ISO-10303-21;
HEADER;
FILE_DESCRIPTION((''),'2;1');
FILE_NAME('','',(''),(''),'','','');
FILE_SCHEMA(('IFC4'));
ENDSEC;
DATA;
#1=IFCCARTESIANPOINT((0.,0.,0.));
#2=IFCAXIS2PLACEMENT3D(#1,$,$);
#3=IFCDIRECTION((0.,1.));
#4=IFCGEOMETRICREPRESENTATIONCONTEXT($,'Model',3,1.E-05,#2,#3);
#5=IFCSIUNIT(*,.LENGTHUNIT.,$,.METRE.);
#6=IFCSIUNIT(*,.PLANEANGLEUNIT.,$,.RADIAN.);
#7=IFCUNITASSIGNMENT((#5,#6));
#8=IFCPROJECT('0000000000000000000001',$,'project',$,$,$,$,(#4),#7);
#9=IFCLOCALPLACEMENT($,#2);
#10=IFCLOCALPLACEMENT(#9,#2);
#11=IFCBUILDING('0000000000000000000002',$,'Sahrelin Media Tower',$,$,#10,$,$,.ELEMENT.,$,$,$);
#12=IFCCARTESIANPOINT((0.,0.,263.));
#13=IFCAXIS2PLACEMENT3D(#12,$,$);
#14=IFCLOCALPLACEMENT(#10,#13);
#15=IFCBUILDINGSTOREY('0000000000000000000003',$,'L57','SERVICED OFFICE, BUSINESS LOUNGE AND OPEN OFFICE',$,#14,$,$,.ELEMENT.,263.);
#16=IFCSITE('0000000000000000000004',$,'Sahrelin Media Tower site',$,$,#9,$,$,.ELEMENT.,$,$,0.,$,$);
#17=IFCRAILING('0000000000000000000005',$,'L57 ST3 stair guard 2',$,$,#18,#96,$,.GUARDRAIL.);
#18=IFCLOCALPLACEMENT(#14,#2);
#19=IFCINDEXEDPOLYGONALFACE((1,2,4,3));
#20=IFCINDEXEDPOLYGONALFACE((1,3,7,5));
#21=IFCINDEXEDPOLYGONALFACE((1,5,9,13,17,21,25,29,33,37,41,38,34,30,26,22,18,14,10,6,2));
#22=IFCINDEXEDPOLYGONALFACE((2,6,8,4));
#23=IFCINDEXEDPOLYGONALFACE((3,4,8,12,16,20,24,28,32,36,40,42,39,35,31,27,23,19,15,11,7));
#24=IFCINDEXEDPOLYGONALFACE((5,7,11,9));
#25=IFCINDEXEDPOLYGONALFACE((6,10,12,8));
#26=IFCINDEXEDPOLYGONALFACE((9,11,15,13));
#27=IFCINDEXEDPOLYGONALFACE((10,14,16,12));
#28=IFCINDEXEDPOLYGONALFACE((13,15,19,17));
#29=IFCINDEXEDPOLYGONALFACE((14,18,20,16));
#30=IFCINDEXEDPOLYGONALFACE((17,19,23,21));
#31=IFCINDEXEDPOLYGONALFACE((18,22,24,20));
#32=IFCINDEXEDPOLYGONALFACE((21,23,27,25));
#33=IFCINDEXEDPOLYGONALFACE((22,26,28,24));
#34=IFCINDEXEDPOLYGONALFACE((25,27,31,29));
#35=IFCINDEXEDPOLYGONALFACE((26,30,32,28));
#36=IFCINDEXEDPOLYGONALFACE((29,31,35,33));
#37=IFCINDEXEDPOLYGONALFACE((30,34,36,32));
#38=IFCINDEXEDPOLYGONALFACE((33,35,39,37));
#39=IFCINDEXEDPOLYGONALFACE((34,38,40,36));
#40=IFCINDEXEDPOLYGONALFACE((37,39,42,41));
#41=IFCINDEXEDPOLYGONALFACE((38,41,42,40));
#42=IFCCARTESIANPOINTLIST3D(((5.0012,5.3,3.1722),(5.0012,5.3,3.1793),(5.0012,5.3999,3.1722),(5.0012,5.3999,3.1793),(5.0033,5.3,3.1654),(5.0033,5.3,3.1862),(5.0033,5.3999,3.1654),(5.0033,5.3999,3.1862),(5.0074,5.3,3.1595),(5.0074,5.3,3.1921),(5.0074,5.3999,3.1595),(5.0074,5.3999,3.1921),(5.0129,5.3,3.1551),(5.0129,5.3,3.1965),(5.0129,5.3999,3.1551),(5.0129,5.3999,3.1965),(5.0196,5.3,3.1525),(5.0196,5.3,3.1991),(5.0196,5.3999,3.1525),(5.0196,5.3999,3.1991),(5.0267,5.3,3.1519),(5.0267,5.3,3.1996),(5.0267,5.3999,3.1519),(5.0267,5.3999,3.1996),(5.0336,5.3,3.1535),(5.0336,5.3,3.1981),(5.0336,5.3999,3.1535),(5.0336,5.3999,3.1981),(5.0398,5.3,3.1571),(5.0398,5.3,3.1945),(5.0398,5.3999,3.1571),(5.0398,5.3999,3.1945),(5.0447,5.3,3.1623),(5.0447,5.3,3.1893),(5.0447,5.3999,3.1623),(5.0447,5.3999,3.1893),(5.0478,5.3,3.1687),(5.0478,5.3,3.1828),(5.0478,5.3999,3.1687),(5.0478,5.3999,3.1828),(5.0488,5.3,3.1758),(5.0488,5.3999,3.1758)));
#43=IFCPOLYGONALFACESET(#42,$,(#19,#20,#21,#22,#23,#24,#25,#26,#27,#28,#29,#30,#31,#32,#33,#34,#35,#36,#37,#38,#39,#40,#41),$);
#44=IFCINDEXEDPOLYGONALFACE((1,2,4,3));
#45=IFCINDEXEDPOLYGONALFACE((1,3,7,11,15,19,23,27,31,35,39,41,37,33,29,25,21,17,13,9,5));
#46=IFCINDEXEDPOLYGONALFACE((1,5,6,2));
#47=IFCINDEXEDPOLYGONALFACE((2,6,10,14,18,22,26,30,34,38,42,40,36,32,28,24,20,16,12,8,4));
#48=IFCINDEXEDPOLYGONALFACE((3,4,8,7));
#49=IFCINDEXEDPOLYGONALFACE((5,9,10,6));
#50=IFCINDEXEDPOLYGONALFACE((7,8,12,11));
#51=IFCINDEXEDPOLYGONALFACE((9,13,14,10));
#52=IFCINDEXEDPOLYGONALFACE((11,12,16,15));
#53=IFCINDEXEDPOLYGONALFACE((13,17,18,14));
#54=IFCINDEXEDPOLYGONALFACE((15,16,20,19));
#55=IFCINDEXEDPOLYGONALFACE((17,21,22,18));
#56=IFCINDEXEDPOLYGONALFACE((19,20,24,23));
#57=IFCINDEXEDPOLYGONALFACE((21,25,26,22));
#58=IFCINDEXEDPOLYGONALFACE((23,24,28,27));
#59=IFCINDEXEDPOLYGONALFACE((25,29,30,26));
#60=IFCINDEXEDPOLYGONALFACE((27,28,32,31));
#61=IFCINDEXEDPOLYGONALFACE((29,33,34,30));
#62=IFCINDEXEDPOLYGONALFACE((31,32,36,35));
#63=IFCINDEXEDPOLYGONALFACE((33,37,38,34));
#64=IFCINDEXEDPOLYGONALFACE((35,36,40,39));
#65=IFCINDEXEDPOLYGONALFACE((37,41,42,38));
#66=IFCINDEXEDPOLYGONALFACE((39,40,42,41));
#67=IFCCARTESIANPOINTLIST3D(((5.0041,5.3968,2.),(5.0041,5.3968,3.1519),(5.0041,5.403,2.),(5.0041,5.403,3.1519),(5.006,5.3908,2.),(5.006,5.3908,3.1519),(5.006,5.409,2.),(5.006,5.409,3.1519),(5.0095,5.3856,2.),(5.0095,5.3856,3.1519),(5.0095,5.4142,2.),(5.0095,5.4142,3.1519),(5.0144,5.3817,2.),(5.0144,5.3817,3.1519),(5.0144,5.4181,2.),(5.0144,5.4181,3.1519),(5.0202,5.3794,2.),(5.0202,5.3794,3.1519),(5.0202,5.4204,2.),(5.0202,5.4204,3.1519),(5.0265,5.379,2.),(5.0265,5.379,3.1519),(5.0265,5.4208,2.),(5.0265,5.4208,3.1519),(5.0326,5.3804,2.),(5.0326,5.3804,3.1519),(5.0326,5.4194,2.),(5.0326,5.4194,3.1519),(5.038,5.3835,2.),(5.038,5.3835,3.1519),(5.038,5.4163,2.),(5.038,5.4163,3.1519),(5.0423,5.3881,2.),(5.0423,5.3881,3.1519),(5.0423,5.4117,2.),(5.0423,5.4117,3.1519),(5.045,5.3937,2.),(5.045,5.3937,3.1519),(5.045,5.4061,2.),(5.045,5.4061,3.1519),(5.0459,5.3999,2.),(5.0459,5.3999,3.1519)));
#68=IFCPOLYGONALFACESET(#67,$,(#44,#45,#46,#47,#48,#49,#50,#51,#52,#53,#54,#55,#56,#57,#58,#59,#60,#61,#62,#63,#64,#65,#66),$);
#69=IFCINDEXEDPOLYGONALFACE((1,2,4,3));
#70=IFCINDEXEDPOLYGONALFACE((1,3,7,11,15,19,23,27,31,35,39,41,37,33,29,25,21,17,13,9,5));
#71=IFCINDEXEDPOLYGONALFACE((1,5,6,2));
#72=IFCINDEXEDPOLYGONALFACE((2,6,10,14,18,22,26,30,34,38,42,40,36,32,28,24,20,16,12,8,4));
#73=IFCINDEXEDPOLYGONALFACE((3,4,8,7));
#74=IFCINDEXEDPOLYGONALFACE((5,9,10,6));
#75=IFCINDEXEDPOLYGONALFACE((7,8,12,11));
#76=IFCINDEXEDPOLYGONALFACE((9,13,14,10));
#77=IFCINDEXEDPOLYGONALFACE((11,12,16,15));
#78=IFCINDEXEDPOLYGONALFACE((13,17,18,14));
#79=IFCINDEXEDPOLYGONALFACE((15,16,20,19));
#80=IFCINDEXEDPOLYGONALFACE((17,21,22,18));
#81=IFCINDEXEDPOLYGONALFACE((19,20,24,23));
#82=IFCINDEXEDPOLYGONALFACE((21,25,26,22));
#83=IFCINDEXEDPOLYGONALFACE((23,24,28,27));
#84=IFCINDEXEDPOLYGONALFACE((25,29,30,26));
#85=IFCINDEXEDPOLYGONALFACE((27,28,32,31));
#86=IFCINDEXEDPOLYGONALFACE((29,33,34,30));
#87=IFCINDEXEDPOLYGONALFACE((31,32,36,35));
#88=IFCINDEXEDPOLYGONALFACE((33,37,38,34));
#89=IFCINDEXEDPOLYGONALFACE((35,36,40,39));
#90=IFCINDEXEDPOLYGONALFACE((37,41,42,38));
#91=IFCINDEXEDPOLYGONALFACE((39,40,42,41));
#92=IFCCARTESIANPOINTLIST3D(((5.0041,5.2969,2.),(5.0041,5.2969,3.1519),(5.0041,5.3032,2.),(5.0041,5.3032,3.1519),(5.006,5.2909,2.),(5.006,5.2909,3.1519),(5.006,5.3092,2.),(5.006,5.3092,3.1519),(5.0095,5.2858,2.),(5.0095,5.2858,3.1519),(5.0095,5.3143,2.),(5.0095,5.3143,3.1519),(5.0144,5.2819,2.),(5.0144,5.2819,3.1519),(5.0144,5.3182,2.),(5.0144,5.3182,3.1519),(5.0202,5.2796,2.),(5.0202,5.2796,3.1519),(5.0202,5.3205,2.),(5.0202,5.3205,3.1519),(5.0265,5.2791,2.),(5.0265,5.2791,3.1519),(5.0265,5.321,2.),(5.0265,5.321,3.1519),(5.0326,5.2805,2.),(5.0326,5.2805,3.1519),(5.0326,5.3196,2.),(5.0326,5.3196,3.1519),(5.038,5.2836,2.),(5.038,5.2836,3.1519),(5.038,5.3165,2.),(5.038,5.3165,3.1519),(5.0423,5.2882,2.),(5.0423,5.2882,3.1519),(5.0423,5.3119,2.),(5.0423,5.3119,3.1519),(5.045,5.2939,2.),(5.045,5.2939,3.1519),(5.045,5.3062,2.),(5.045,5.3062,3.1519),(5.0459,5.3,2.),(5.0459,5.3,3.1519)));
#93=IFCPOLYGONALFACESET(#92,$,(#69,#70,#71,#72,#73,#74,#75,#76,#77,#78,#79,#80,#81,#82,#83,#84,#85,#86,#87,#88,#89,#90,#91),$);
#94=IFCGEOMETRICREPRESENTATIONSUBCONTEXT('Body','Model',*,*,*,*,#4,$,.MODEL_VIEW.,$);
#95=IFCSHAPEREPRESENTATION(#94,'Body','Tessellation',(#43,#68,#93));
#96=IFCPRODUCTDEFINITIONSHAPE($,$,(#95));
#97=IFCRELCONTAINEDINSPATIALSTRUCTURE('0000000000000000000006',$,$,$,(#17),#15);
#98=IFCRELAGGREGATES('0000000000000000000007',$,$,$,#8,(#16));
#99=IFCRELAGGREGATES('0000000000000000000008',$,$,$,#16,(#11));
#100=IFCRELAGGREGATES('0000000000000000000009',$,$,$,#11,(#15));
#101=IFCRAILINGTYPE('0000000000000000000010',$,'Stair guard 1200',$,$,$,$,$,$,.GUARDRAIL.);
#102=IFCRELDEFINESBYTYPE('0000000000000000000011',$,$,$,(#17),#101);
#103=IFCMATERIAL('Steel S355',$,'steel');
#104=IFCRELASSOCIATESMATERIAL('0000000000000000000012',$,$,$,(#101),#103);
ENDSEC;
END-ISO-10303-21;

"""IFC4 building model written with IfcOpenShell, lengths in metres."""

from ifc_helpers import new_model, si_unit, direction, frame, origin, origin_2d, place, context, subcontext, project, spatial, circle, extrude, material, type_object, element, save


model = new_model("IFC4")

# Units and contexts
model_context = context("Model", 3, precision=1e-05, world=origin(), true_north=direction((0.0, 1.0)))
body_context = subcontext(model_context, "Body", "Model", "MODEL_VIEW")
ifc_project = project(units=[si_unit("LENGTHUNIT", "METRE"), si_unit("PLANEANGLEUNIT", "RADIAN")], contexts=[model_context])

# Site, building, storey
site_placement = place(None, origin())
site = spatial("IfcSite", under=ifc_project, at=site_placement, Name="Sahrelin Media Tower site", CompositionType="ELEMENT", RefElevation=0.0)
building_placement = place(site_placement, origin())
building = spatial("IfcBuilding", under=site, at=building_placement, Name="Sahrelin Media Tower", CompositionType="ELEMENT")
storey_placement = place(building_placement, frame((0.0, 0.0, 263.0)))
storey = spatial("IfcBuildingStorey", under=building, at=storey_placement, Name="L57", Description="SERVICED OFFICE, BUSINESS LOUNGE AND OPEN OFFICE", CompositionType="ELEMENT", Elevation=263.0)

# Shared definitions
ifc_material_1 = material(Name="Steel S355", Category="steel")

# Railing
railing_type_1 = type_object("IfcRailingType", Name="Stair guard 1200", PredefinedType="GUARDRAIL", material=ifc_material_1)
railing_1_placement = place(storey_placement, frame((5.0249, 5.3999, 2.0)))
element("IfcRailing", 1, at=railing_1_placement, inside=storey, type_object=railing_type_1, Name="L57 ST3 stair guard 2", PredefinedType="GUARDRAIL", context=body_context, shape_type="SweptSolid", body=[
    extrude(circle(Radius=0.0239, at=origin_2d()), frame((0.0, 0.0, 1.1758), z_axis=(0.0, -1.0, 0.0), x_axis=(1.0, 0.0, 0.0)), (0.0, 0.0, 1.0), 0.0999),
    extrude(circle(Radius=0.021, at=origin_2d()), origin(), (0.0, 0.0, 1.0), 1.1519),
    extrude(circle(Radius=0.021, at=origin_2d()), frame((0.0, -0.0999, 0.0)), (0.0, 0.0, 1.0), 1.1519),
])

save(model, "model.ifc")
